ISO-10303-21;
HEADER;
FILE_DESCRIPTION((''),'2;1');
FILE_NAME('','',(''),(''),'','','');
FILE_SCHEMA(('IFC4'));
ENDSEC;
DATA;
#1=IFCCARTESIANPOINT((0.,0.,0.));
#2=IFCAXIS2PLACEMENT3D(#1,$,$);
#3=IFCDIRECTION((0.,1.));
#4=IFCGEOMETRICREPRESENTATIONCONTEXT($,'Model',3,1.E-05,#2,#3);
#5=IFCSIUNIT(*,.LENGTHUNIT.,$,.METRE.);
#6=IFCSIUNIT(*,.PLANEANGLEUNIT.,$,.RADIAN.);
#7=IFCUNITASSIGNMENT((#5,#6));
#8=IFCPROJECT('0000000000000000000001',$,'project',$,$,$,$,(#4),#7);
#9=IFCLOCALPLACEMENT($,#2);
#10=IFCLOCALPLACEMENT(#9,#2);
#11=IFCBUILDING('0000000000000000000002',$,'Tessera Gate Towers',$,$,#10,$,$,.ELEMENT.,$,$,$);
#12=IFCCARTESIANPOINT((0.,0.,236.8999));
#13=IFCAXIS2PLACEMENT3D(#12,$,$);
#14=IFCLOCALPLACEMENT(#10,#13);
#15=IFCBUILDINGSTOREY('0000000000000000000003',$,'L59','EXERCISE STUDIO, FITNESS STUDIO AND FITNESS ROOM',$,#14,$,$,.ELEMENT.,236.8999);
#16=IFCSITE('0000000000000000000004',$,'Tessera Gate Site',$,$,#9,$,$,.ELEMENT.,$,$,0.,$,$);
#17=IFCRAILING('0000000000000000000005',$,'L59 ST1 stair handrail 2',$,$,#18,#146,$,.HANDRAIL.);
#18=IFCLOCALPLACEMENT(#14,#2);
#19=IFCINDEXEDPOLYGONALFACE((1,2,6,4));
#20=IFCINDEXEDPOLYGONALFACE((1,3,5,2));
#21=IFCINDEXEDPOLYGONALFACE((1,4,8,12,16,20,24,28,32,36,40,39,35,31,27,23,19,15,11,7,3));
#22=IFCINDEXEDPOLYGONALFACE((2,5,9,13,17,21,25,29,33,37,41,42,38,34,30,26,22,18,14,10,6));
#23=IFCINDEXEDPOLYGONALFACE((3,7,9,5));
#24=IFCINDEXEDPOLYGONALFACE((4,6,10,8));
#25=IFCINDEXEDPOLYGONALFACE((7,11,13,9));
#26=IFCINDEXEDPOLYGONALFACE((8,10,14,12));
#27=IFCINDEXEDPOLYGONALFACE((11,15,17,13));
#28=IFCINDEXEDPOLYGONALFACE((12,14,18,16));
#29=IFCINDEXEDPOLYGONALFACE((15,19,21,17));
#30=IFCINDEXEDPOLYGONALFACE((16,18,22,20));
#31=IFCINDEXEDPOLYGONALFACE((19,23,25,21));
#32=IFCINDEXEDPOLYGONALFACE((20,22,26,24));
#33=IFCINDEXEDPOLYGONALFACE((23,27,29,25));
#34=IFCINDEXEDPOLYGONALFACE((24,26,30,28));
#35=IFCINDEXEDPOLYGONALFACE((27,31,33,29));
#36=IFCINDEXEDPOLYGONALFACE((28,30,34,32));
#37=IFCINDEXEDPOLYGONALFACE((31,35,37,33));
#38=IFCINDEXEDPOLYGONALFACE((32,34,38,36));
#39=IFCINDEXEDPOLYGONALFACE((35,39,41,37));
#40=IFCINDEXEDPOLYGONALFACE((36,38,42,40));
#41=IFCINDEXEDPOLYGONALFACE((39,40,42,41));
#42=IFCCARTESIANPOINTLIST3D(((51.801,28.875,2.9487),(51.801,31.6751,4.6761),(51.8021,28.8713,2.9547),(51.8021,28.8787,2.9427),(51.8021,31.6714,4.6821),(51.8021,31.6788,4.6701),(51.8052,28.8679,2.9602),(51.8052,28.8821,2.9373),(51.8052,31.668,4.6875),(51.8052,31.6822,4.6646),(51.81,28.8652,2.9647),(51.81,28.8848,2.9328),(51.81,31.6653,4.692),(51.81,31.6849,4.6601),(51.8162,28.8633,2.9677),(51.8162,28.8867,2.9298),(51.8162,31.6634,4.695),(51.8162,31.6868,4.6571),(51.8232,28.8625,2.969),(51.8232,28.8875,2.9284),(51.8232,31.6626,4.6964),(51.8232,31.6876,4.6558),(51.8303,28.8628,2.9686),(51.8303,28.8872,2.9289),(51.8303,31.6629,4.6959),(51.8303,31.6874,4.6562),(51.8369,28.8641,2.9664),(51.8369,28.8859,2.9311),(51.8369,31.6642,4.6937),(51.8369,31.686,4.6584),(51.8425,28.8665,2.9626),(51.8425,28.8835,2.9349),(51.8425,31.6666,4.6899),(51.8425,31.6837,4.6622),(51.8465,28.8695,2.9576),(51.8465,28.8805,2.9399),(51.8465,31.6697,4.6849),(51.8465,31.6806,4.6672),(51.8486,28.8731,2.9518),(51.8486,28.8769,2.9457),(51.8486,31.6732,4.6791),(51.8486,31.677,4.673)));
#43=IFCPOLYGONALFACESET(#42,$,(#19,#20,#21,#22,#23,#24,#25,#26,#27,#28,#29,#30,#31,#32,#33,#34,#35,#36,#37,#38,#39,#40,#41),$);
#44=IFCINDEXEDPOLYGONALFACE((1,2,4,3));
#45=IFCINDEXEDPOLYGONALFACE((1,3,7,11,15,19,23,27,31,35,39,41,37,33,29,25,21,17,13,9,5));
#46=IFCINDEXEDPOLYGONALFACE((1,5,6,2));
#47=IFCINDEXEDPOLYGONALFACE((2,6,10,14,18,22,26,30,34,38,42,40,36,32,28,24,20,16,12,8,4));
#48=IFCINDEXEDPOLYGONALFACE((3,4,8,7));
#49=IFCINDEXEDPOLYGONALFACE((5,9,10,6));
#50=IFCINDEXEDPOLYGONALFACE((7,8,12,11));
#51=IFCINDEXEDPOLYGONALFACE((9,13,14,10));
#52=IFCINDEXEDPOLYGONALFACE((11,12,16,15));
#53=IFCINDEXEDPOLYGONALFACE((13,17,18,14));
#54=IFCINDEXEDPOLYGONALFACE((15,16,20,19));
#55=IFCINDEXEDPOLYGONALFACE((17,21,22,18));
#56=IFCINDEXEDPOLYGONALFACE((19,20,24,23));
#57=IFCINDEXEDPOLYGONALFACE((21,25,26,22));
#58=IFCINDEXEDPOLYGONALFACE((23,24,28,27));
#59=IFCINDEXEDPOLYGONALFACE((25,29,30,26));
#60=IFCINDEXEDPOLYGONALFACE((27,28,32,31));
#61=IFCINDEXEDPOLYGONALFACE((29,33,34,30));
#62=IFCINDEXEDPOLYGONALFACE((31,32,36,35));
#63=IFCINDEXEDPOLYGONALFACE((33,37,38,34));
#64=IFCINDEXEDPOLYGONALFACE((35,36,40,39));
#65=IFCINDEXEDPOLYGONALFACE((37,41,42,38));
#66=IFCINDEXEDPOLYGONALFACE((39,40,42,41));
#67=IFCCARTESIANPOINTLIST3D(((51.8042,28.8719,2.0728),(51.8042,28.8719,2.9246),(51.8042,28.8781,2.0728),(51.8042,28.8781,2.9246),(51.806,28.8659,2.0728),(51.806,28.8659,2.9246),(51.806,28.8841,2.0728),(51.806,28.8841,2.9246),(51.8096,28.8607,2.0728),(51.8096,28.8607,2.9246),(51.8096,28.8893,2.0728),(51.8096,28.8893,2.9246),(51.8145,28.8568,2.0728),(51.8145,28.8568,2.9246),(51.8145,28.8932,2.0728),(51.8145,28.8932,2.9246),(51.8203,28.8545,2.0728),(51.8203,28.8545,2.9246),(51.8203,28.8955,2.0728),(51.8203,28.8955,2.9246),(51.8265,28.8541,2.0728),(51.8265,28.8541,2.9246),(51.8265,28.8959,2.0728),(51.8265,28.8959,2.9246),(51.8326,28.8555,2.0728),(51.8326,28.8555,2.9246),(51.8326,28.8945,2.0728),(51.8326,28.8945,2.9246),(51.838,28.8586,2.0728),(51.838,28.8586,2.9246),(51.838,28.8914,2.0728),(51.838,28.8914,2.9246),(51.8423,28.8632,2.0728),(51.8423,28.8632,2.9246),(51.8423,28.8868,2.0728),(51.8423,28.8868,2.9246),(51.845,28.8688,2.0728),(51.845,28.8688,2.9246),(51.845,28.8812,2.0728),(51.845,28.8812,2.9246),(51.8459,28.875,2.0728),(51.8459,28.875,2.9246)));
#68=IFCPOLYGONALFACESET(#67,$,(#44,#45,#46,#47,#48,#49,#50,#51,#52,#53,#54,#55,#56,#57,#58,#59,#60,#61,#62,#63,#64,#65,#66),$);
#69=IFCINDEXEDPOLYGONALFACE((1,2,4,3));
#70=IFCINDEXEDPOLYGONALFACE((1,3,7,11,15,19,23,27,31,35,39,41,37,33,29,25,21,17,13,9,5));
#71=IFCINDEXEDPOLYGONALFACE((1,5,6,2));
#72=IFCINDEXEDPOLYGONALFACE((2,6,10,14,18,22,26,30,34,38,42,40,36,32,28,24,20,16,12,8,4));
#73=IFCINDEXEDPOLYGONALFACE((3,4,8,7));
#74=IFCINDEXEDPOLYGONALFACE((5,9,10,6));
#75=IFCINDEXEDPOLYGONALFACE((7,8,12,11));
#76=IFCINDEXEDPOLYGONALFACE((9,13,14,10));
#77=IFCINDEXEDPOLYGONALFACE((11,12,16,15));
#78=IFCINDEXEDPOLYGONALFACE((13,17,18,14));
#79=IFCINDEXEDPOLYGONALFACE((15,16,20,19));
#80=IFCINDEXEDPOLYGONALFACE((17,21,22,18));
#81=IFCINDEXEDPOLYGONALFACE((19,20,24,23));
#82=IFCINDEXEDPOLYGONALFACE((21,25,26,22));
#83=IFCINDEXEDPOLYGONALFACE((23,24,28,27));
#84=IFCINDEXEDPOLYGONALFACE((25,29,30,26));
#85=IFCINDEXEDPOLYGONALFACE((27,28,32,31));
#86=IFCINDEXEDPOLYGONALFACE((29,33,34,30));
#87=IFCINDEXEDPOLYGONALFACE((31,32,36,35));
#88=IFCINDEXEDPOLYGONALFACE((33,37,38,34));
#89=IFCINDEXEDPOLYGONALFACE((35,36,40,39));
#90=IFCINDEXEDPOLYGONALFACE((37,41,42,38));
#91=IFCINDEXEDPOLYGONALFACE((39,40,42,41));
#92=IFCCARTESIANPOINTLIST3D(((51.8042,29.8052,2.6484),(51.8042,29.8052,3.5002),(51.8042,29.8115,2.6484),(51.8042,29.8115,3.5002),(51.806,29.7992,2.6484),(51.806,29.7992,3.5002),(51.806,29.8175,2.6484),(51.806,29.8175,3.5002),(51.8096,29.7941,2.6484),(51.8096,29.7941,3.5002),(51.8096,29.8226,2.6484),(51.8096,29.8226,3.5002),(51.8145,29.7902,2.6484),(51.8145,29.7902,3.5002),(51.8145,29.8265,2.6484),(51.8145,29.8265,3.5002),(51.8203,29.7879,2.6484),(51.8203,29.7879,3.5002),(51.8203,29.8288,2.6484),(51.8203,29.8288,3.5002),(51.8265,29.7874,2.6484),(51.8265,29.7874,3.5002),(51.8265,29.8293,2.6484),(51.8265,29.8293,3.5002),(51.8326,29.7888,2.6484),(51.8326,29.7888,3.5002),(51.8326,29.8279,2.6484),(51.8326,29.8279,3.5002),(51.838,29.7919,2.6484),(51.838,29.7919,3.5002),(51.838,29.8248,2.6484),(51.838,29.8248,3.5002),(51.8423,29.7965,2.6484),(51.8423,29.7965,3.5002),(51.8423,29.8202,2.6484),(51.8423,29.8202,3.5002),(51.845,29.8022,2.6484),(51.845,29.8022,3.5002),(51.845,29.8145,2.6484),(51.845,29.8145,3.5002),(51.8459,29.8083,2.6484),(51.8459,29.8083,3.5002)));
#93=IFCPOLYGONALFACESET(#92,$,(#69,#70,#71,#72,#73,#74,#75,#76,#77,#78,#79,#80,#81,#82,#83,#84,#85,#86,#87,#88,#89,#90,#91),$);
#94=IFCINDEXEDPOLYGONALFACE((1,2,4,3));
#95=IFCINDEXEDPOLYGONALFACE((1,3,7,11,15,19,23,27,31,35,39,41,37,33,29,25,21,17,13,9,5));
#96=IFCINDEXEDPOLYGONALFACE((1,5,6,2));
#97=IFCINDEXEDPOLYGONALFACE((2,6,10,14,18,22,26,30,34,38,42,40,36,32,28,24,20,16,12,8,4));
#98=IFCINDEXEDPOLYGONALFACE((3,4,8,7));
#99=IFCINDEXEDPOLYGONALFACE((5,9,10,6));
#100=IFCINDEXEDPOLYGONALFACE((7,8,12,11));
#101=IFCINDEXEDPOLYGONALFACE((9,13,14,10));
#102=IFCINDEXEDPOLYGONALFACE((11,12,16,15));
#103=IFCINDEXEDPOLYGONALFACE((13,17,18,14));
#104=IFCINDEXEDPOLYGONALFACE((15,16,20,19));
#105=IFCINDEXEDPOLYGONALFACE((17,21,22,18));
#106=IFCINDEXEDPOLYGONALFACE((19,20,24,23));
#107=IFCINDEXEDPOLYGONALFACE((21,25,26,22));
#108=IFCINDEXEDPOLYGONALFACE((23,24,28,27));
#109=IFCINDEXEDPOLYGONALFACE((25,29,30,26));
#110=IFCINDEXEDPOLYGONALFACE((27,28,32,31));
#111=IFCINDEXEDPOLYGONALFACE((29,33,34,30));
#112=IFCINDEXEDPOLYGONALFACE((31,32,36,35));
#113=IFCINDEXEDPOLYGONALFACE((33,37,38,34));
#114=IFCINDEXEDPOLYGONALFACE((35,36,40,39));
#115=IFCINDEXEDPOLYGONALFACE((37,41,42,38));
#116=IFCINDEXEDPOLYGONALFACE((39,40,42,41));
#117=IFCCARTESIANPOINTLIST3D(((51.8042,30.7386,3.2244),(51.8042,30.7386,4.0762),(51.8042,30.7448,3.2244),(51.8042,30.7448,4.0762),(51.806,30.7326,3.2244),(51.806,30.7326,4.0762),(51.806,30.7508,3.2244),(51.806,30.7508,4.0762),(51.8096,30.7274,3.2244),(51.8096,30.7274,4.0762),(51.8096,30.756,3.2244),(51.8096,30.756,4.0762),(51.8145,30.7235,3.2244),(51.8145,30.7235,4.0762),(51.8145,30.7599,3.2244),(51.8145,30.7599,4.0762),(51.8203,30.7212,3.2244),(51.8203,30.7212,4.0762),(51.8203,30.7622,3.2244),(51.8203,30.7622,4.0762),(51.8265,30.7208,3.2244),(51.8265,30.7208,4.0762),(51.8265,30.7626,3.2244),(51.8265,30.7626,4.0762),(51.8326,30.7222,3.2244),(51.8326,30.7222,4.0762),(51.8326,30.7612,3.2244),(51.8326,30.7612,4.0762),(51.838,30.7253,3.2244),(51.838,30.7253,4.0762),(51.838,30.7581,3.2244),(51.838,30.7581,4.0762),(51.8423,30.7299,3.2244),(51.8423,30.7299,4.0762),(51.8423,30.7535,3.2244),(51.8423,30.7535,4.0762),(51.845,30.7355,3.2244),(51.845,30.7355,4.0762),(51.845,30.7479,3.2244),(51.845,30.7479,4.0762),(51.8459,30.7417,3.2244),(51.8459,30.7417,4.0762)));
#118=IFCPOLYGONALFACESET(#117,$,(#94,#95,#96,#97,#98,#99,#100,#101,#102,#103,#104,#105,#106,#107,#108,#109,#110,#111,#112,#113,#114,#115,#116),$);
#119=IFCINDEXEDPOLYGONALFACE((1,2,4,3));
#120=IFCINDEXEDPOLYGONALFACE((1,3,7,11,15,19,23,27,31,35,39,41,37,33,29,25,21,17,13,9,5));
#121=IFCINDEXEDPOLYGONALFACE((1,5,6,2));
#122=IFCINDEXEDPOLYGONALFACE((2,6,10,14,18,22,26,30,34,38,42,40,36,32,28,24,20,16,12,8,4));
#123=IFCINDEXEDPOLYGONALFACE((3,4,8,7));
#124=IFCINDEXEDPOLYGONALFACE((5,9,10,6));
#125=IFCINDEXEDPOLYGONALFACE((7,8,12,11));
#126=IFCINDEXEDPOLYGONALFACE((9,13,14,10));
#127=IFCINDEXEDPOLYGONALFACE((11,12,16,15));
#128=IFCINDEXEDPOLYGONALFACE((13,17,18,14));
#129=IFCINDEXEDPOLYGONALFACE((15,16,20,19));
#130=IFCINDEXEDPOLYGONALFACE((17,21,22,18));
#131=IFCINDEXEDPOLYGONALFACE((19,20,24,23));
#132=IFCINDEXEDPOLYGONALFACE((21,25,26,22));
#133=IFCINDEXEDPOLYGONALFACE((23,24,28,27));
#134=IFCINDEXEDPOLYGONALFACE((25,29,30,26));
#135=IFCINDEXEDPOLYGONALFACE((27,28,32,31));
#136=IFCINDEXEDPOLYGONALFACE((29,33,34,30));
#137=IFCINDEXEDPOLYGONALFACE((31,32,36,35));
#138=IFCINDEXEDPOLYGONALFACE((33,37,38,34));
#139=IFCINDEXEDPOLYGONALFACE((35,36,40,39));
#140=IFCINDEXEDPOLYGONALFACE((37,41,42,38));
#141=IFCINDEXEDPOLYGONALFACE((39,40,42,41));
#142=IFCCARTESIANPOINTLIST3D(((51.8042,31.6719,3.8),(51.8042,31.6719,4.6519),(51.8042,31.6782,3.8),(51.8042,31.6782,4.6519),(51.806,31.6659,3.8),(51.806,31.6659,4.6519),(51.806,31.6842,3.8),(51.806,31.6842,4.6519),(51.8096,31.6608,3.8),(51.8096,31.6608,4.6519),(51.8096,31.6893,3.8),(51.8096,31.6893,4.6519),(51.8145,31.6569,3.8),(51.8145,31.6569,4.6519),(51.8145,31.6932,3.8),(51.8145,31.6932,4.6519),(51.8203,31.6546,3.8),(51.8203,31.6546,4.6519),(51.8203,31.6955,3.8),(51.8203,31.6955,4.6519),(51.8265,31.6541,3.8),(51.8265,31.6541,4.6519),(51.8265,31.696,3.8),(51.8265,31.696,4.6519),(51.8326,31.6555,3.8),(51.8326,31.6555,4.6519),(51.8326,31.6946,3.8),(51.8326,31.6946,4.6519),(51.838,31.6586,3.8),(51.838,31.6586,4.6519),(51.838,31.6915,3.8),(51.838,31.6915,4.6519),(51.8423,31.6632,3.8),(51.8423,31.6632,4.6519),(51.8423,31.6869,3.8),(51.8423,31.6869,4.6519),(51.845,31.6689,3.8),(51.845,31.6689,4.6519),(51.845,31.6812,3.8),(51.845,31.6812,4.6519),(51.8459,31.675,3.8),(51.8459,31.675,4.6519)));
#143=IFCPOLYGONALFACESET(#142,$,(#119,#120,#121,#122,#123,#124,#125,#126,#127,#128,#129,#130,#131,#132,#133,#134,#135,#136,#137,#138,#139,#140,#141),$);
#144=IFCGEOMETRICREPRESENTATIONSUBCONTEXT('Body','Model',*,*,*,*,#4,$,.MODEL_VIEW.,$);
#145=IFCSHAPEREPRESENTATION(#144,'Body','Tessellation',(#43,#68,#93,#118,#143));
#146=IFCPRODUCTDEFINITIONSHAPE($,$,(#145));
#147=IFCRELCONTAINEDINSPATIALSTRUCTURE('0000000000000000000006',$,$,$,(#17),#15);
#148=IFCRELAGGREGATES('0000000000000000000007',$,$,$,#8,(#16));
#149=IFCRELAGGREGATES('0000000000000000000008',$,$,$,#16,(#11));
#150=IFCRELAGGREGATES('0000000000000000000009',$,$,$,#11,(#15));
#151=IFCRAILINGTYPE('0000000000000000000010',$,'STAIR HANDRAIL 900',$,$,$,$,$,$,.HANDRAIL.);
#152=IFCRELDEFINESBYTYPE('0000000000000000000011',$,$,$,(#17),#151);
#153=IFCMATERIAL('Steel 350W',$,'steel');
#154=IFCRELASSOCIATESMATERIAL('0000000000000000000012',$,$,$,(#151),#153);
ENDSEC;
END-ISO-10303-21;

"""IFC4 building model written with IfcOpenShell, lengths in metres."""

from ifc_helpers import new_model, si_unit, direction, frame, origin, origin_2d, place, context, subcontext, project, spatial, circle, extrude, material, type_object, element, save


model = new_model("IFC4")

# Units and contexts
model_context = context("Model", 3, precision=1e-05, world=origin(), true_north=direction((0.0, 1.0)))
body_context = subcontext(model_context, "Body", "Model", "MODEL_VIEW")
ifc_project = project(units=[si_unit("LENGTHUNIT", "METRE"), si_unit("PLANEANGLEUNIT", "RADIAN")], contexts=[model_context])

# Site, building, storey
site_placement = place(None, origin())
site = spatial("IfcSite", under=ifc_project, at=site_placement, Name="Tessera Gate Site", CompositionType="ELEMENT", RefElevation=0.0)
building_placement = place(site_placement, origin())
building = spatial("IfcBuilding", under=site, at=building_placement, Name="Tessera Gate Towers", CompositionType="ELEMENT")
storey_placement = place(building_placement, frame((0.0, 0.0, 236.8999)))
storey = spatial("IfcBuildingStorey", under=building, at=storey_placement, Name="L59", Description="EXERCISE STUDIO, FITNESS STUDIO AND FITNESS ROOM", CompositionType="ELEMENT", Elevation=236.8999)

# Railing
ifc_material_1 = material(Name="Steel 350W", Category="steel")
railing_type = type_object("IfcRailingType", Name="STAIR HANDRAIL 900", PredefinedType="HANDRAIL", material=ifc_material_1)
railing_1_placement = place(storey_placement, frame((51.825, 28.875, 2.0728)))
element("IfcRailing", 1, at=railing_1_placement, inside=storey, type_object=railing_type, Name="L59 ST1 stair handrail 2", PredefinedType="HANDRAIL", context=body_context, shape_type="SweptSolid", body=[
    extrude(circle(Radius=0.0239, at=origin_2d()), frame((0.0, 0.0, 0.876), z_axis=(0.0, 0.85109, 0.52502), x_axis=(-1.0, 0.0, 0.0)), (0.0, 0.0, 1.0), 3.29),
    extrude(circle(Radius=0.021, at=origin_2d()), origin(), (0.0, 0.0, 1.0), 0.8518),
    extrude(circle(Radius=0.021, at=origin_2d()), frame((0.0, 0.9333, 0.5757)), (0.0, 0.0, 1.0), 0.8518),
    extrude(circle(Radius=0.021, at=origin_2d()), frame((0.0, 1.8667, 1.1516)), (0.0, 0.0, 1.0), 0.8518),
    extrude(circle(Radius=0.021, at=origin_2d()), frame((0.0, 2.8, 1.7273)), (0.0, 0.0, 1.0), 0.8518),
])

save(model, "model.ifc")
